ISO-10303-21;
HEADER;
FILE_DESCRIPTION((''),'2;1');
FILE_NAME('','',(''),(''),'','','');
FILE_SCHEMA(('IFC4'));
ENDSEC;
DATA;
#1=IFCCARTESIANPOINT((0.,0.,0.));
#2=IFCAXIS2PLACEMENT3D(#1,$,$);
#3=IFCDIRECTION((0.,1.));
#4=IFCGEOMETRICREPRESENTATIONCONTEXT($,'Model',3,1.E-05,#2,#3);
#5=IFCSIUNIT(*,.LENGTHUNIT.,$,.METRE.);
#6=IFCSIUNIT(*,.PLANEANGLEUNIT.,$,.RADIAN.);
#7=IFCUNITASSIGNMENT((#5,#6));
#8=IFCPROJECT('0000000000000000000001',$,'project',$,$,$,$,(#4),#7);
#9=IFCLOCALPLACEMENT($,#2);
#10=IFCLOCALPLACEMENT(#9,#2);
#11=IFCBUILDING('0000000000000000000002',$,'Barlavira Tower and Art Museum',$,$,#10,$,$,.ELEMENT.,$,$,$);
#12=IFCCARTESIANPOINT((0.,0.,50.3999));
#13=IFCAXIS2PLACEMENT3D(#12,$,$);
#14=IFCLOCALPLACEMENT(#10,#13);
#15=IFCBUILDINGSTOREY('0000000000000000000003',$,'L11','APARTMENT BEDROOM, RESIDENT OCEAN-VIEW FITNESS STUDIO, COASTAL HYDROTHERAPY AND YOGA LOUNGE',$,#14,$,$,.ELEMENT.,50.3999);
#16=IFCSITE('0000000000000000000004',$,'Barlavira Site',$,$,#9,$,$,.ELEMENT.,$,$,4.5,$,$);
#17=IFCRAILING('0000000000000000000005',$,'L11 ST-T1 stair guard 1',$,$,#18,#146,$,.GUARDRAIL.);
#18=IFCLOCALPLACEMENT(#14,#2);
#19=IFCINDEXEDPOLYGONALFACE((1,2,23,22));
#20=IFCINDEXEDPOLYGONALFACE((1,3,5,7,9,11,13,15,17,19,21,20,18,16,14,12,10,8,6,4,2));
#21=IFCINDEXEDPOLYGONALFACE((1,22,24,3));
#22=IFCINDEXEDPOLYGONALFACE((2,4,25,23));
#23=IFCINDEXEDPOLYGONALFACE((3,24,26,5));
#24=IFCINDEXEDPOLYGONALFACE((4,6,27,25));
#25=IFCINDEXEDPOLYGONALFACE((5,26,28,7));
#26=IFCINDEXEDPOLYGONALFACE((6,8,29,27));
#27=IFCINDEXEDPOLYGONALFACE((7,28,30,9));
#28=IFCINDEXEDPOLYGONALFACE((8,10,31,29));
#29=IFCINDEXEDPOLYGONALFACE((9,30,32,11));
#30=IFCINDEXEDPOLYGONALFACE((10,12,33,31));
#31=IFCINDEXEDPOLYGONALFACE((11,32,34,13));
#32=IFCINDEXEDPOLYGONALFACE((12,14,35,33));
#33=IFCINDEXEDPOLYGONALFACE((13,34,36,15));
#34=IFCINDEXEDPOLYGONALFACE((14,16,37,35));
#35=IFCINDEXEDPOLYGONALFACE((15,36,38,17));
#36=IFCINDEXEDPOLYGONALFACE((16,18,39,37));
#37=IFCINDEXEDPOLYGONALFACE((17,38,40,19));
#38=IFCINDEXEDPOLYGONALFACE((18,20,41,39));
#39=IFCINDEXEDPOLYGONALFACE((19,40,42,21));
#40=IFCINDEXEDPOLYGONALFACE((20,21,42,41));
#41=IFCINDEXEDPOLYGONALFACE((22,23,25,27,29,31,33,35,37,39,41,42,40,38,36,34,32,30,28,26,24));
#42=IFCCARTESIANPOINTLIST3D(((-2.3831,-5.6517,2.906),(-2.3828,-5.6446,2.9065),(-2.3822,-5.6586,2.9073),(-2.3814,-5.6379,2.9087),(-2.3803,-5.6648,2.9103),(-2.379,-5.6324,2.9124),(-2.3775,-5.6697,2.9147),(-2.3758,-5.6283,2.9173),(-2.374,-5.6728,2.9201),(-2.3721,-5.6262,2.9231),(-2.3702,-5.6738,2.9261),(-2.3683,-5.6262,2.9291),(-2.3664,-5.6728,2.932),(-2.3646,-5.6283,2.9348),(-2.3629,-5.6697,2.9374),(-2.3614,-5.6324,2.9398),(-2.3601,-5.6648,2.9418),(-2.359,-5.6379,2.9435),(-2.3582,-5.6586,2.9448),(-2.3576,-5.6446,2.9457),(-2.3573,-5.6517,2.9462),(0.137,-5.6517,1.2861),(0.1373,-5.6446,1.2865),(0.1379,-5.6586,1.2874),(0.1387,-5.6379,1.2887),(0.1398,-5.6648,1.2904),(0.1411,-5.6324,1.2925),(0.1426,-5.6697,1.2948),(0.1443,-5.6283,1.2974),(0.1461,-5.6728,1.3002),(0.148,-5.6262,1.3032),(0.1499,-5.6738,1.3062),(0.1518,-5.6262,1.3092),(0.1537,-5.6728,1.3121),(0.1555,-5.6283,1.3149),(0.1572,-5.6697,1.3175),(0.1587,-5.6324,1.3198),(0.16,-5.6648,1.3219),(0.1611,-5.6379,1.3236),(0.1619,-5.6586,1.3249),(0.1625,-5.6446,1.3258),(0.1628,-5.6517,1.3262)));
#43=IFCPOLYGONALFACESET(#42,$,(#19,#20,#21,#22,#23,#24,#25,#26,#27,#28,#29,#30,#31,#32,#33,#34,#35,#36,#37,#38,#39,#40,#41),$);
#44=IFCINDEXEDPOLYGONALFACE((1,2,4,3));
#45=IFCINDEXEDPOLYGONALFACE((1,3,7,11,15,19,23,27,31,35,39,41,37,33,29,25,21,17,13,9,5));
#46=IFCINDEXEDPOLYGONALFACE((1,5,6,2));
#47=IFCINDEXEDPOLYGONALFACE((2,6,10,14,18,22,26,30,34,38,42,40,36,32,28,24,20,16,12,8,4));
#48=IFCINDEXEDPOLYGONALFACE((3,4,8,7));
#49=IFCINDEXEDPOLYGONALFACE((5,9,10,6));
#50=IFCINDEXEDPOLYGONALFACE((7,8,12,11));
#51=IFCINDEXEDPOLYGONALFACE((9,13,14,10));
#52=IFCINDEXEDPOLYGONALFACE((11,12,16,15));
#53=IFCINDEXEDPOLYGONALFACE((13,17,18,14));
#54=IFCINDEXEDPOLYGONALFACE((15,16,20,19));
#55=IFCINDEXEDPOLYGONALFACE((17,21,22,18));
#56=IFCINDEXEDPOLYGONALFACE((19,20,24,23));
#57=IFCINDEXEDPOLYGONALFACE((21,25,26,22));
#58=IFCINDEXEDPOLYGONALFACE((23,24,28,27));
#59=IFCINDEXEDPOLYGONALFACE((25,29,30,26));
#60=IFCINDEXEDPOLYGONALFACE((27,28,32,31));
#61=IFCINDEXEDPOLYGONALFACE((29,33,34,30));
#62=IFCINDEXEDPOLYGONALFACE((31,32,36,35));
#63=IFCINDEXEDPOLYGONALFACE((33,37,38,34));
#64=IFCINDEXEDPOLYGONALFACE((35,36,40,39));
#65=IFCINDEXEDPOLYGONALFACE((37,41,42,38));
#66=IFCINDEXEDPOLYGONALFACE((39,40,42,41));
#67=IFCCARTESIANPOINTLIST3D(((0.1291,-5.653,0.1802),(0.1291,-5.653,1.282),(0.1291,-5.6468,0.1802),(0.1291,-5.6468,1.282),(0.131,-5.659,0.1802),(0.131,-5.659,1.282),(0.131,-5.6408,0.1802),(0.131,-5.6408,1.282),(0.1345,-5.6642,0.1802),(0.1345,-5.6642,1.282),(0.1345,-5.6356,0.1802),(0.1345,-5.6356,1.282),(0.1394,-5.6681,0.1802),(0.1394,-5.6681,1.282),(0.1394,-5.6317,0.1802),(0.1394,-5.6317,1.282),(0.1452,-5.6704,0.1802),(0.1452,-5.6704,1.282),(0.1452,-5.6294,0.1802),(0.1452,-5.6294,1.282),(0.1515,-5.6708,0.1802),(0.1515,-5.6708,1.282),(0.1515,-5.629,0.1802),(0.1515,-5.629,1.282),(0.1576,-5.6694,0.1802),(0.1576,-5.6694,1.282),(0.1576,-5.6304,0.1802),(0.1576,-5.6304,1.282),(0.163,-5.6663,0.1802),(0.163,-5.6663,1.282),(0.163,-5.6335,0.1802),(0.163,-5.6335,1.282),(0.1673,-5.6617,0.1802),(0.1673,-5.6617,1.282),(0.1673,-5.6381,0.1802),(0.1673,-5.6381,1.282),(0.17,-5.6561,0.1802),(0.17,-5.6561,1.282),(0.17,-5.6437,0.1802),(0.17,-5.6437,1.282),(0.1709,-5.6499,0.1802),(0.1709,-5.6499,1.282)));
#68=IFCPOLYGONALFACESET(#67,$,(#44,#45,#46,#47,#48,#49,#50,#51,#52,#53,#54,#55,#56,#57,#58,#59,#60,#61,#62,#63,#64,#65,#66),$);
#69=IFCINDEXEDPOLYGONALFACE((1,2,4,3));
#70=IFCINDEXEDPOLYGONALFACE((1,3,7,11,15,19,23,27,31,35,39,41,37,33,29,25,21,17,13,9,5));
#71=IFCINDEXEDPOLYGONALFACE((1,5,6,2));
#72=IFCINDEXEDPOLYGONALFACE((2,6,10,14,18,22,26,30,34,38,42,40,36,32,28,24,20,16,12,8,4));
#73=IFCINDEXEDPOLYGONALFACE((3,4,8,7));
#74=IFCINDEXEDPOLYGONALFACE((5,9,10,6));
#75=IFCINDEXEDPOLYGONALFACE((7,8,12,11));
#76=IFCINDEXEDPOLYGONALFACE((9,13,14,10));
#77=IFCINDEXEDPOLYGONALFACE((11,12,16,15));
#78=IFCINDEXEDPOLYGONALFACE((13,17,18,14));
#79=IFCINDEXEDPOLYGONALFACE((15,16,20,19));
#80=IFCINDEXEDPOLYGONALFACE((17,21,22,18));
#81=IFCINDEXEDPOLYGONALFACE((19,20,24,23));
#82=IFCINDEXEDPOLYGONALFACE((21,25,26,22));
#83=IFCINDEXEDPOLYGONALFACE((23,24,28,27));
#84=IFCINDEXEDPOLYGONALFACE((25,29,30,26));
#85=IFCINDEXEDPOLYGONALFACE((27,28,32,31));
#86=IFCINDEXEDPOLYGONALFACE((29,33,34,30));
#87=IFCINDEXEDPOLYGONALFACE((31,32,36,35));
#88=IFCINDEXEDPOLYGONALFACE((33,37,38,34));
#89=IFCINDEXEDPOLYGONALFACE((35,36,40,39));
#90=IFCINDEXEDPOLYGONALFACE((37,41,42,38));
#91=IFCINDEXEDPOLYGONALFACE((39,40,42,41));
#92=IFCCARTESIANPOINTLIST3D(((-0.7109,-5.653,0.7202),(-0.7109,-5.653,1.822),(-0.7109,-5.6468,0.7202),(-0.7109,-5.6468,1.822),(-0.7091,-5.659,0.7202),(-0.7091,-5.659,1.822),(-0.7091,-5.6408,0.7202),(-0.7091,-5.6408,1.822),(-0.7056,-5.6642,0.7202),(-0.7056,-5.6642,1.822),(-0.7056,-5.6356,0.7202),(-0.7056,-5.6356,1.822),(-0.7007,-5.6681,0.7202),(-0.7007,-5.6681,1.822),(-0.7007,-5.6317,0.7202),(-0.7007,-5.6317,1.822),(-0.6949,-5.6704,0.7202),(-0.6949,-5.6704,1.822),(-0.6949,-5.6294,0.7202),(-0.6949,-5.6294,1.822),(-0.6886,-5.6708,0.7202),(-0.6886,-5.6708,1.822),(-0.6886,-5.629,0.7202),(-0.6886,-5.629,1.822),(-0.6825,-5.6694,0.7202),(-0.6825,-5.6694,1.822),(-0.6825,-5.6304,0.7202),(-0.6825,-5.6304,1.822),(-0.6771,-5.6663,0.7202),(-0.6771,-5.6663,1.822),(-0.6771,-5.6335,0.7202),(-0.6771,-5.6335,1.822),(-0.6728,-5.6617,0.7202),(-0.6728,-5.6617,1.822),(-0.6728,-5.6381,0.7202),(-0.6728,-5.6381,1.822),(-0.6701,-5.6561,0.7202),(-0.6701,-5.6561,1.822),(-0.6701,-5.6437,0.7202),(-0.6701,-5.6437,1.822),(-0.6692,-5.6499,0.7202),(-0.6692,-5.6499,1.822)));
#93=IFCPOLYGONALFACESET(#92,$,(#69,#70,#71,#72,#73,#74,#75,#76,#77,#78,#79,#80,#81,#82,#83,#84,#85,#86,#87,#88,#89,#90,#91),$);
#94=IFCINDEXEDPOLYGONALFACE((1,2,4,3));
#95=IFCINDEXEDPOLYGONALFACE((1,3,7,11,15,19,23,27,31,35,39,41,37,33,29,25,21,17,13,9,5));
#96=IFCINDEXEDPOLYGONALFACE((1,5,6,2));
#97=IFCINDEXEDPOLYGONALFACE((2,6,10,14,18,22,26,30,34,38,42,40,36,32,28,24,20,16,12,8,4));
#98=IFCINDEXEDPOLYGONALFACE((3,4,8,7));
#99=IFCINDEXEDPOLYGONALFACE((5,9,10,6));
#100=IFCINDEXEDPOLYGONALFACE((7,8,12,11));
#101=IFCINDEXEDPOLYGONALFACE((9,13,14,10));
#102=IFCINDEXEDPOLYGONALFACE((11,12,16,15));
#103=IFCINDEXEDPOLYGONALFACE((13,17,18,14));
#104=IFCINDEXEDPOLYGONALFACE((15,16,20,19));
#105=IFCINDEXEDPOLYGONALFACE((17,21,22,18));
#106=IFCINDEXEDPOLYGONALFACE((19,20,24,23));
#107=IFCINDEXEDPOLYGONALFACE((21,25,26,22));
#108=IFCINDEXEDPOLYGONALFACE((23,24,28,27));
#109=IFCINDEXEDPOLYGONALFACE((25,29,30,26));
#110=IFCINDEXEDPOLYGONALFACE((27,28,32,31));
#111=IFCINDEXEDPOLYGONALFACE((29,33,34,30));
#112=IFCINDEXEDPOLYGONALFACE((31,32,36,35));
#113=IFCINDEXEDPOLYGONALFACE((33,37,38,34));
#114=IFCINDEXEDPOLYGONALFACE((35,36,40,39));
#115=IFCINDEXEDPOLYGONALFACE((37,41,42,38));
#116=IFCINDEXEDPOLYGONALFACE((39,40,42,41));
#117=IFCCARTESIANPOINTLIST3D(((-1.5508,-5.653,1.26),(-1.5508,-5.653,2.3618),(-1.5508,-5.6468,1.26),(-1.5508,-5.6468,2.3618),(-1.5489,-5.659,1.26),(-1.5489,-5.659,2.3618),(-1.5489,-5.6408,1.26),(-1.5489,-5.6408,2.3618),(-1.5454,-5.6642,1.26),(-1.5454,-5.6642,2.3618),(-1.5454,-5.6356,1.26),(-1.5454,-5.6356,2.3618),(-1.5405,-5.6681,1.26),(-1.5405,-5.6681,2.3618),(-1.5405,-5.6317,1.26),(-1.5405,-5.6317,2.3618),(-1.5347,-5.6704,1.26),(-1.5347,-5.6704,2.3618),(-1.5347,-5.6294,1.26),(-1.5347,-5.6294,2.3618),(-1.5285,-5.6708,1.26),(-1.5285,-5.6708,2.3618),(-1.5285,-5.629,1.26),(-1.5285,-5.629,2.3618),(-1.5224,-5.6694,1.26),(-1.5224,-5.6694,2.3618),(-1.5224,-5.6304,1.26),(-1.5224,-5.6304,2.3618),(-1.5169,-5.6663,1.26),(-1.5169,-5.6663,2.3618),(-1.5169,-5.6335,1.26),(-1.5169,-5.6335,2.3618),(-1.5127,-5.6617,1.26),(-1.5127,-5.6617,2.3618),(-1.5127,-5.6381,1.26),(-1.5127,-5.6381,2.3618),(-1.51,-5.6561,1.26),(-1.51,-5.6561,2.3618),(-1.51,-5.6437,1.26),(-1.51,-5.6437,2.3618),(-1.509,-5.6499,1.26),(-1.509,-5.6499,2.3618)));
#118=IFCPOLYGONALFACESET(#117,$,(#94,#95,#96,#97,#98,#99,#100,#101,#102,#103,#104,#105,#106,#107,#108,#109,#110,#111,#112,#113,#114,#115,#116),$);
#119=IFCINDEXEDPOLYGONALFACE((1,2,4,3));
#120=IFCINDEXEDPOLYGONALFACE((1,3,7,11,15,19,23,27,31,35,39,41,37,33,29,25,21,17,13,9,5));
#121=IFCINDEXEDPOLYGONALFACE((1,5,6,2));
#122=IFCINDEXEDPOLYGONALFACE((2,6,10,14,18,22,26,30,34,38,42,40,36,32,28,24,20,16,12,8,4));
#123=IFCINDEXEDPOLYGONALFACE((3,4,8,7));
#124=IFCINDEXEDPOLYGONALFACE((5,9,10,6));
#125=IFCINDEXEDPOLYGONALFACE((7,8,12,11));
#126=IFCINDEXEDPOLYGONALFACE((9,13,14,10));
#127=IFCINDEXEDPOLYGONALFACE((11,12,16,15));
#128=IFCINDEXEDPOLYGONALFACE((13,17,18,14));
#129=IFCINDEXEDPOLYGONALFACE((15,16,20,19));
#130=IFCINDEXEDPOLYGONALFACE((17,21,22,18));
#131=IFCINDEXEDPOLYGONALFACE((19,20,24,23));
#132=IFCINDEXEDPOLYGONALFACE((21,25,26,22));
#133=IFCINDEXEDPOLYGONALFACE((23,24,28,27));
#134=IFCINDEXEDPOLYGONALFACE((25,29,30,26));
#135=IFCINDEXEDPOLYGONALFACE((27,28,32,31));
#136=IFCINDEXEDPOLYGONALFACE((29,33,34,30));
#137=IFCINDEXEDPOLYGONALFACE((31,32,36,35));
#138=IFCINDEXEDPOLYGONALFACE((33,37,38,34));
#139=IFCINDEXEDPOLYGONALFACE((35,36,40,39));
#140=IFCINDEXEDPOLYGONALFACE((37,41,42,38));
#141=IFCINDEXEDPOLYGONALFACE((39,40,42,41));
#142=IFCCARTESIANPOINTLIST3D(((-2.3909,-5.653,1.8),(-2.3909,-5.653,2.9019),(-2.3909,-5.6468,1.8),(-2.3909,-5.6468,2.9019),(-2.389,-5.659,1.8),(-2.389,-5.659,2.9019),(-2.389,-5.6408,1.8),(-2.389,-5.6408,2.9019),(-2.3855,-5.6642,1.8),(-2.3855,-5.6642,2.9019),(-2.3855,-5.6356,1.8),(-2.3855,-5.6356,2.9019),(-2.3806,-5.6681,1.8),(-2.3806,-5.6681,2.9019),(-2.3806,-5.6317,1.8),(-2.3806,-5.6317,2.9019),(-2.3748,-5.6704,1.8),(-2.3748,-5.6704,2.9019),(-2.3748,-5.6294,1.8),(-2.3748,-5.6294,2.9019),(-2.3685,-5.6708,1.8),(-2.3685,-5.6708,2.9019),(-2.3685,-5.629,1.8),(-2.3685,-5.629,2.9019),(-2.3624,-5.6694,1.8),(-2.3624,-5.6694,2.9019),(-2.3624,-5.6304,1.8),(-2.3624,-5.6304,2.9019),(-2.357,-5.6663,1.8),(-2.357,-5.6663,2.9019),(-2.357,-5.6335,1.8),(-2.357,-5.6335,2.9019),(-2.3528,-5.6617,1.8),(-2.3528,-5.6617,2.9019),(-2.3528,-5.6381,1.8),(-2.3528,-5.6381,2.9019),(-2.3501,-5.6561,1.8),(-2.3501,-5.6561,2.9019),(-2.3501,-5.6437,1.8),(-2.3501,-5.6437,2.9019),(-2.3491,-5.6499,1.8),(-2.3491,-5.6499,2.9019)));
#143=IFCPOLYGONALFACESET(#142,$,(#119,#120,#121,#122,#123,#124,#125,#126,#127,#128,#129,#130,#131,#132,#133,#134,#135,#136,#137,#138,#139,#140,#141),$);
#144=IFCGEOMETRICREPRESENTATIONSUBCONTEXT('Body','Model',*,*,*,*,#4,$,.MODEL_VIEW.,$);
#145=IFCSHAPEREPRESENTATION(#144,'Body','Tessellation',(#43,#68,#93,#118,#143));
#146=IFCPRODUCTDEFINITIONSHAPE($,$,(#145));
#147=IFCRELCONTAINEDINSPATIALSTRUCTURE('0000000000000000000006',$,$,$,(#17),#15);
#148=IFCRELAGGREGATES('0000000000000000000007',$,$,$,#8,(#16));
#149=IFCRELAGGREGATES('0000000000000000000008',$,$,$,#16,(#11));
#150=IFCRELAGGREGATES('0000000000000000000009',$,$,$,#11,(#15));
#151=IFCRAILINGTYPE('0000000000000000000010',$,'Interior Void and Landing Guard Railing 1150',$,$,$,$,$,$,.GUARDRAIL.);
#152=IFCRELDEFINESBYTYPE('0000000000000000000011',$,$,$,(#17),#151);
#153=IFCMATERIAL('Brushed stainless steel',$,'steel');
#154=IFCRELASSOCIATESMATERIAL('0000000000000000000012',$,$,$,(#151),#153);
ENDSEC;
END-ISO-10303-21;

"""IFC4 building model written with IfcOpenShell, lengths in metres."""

from ifc_helpers import new_model, si_unit, direction, frame, origin, origin_2d, place, context, subcontext, project, spatial, circle, extrude, material, type_object, element, save


model = new_model("IFC4")

# Units and contexts
model_context = context("Model", 3, precision=1e-05, world=origin(), true_north=direction((0.0, 1.0)))
body_context = subcontext(model_context, "Body", "Model", "MODEL_VIEW")
ifc_project = project(units=[si_unit("LENGTHUNIT", "METRE"), si_unit("PLANEANGLEUNIT", "RADIAN")], contexts=[model_context])

# Site, building, storey
site_placement = place(None, origin())
site = spatial("IfcSite", under=ifc_project, at=site_placement, Name="Barlavira Site", CompositionType="ELEMENT", RefElevation=4.5)
building_placement = place(site_placement, origin())
building = spatial("IfcBuilding", under=site, at=building_placement, Name="Barlavira Tower and Art Museum", CompositionType="ELEMENT")
storey_placement = place(building_placement, frame((0.0, 0.0, 50.3999)))
storey = spatial("IfcBuildingStorey", under=building, at=storey_placement, Name="L11", Description="APARTMENT BEDROOM, RESIDENT OCEAN-VIEW FITNESS STUDIO, COASTAL HYDROTHERAPY AND YOGA LOUNGE", CompositionType="ELEMENT", Elevation=50.3999)

# Shared definitions
ifc_material_1 = material(Name="Brushed stainless steel", Category="steel")

# Railing
railing_type_1 = type_object("IfcRailingType", Name="Interior Void and Landing Guard Railing 1150", PredefinedType="GUARDRAIL", material=ifc_material_1)
railing_1_placement = place(storey_placement, frame((0.1499, -5.6499, 0.1802)))
element("IfcRailing", 1, at=railing_1_placement, inside=storey, type_object=railing_type_1, Name="L11 ST-T1 stair guard 1", PredefinedType="GUARDRAIL", context=body_context, shape_type="SweptSolid", body=[
    extrude(circle(Radius=0.0239, at=origin_2d()), frame((0.0, 0.0, 1.126), z_axis=(-0.8412, 0.0, 0.540725), x_axis=(0.0, -1.0, 0.0)), (0.0, 0.0, 1.0), 2.9958),
    extrude(circle(Radius=0.021, at=origin_2d()), origin(), (0.0, 0.0, 1.0), 1.1018),
    extrude(circle(Radius=0.021, at=origin_2d()), frame((-0.8401, 0.0, 0.54)), (0.0, 0.0, 1.0), 1.1018),
    extrude(circle(Radius=0.021, at=origin_2d()), frame((-1.6799, 0.0, 1.0798)), (0.0, 0.0, 1.0), 1.1018),
    extrude(circle(Radius=0.021, at=origin_2d()), frame((-2.52, 0.0, 1.6199)), (0.0, 0.0, 1.0), 1.1018),
])

save(model, "model.ifc")
